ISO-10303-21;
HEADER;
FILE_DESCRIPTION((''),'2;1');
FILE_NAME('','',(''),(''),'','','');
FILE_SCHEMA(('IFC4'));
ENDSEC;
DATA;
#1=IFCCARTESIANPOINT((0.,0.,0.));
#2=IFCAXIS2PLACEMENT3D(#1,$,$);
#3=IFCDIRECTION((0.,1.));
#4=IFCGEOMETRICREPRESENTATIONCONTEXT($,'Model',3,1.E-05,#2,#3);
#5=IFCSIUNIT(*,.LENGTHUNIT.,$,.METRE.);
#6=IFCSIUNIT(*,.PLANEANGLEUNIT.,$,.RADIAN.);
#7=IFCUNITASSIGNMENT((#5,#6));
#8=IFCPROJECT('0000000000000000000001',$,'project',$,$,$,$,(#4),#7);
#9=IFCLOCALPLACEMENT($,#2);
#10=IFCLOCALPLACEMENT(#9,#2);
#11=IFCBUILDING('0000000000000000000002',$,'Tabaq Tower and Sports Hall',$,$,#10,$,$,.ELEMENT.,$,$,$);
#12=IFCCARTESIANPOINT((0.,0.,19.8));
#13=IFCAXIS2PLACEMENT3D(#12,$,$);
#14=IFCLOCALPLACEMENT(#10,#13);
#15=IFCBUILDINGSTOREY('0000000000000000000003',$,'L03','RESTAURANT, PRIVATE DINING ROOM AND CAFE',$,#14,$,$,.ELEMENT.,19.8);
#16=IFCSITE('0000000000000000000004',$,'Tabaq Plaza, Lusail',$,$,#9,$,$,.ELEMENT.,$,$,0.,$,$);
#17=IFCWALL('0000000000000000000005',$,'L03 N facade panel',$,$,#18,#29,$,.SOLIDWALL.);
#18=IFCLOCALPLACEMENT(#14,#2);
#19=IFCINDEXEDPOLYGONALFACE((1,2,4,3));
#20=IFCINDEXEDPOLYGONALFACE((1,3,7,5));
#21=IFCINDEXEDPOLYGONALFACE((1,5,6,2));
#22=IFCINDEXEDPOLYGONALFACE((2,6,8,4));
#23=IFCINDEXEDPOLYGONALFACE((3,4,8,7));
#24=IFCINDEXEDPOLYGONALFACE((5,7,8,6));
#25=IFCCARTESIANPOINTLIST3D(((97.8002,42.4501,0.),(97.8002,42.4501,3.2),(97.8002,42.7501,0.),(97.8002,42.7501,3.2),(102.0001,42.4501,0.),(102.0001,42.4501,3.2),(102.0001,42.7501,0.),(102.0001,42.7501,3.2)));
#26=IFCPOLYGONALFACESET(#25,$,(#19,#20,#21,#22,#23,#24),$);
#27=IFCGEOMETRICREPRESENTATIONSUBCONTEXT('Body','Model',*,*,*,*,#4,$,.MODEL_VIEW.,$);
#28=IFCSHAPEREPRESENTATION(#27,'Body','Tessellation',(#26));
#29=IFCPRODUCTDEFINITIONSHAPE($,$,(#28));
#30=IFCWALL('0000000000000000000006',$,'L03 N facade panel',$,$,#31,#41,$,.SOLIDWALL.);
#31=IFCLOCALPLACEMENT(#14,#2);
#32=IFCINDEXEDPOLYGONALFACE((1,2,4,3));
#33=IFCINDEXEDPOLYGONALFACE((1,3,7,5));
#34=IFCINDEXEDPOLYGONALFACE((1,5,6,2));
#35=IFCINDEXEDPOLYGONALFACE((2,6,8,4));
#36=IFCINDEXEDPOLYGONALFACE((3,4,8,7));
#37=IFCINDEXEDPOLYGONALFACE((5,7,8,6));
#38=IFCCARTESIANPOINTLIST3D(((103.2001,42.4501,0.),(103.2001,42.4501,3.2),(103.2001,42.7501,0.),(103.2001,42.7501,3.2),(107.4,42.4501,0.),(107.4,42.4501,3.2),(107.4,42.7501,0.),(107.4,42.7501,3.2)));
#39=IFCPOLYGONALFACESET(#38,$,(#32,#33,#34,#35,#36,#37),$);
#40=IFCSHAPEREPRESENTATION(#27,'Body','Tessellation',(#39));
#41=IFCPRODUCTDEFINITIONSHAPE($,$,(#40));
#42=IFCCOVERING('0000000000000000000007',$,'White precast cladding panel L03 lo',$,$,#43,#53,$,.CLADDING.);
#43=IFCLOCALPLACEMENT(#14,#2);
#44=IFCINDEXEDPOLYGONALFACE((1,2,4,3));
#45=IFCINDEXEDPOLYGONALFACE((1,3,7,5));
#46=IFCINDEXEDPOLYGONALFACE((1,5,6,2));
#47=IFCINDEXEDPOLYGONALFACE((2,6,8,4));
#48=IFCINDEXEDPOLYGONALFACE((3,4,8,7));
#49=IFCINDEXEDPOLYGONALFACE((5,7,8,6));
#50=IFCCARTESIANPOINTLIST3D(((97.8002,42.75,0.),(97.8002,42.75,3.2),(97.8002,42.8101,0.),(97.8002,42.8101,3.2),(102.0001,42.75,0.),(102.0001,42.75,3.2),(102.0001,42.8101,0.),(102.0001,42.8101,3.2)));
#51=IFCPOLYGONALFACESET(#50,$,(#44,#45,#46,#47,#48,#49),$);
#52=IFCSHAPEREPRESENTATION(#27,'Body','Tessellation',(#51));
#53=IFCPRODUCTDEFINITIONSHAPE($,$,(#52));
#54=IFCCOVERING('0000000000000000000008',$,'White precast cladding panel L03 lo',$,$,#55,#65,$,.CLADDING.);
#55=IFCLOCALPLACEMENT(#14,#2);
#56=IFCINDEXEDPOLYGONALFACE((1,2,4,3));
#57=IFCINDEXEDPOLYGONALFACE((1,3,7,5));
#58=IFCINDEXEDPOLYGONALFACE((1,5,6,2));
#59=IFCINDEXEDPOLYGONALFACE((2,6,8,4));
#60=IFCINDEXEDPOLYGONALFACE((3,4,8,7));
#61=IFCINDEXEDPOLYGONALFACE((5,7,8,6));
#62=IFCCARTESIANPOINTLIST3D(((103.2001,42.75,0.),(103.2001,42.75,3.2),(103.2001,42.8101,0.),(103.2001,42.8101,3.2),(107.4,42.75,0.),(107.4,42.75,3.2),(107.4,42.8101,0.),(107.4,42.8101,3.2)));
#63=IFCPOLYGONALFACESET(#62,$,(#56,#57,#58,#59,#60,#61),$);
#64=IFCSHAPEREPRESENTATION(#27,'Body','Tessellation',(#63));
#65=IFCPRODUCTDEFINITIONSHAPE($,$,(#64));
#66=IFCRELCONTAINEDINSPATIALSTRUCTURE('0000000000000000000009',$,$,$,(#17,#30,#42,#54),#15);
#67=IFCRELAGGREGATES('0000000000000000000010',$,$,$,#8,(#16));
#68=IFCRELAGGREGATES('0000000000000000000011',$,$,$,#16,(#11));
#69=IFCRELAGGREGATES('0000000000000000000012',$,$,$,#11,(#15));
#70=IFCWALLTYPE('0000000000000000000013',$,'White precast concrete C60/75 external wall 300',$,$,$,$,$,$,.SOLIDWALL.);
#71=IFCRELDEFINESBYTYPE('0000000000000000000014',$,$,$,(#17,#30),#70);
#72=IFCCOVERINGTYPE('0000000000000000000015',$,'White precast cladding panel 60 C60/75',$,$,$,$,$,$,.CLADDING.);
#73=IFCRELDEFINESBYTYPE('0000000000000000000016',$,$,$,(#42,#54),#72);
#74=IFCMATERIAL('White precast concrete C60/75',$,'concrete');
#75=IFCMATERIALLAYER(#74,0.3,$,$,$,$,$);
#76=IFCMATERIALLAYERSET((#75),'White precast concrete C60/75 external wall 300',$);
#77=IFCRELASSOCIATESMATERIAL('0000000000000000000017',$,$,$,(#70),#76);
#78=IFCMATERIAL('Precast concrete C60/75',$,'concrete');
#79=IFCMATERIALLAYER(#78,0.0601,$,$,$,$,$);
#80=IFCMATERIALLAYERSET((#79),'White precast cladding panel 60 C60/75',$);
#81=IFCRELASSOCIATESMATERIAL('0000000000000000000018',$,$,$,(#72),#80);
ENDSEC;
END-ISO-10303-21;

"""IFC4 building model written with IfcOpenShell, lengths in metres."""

from ifc_helpers import new_model, si_unit, direction, frame, frame_2d, origin, place, context, subcontext, project, spatial, rectangle, extrude, material, layer, layer_set, type_object, element, save


model = new_model("IFC4")

# Units and contexts
model_context = context("Model", 3, precision=1e-05, world=origin(), true_north=direction((0.0, 1.0)))
body_context = subcontext(model_context, "Body", "Model", "MODEL_VIEW")
ifc_project = project(units=[si_unit("LENGTHUNIT", "METRE"), si_unit("PLANEANGLEUNIT", "RADIAN")], contexts=[model_context])

# Site, building, storey
site_placement = place(None, origin())
site = spatial("IfcSite", under=ifc_project, at=site_placement, Name="Tabaq Plaza, Lusail", CompositionType="ELEMENT", RefElevation=0.0)
building_placement = place(site_placement, origin())
building = spatial("IfcBuilding", under=site, at=building_placement, Name="Tabaq Tower and Sports Hall", CompositionType="ELEMENT")
storey_placement = place(building_placement, frame((0.0, 0.0, 19.8)))
storey = spatial("IfcBuildingStorey", under=building, at=storey_placement, Name="L03", Description="RESTAURANT, PRIVATE DINING ROOM AND CAFE", CompositionType="ELEMENT", Elevation=19.8)

# Walls
ifc_material_1 = material(Name="White precast concrete C60/75", Category="concrete")
ifc_layer_1 = layer(ifc_material_1, 0.3)
ifc_layer_set_1 = layer_set([ifc_layer_1], Name="White precast concrete C60/75 external wall 300")
wall_type = type_object("IfcWallType", Name="White precast concrete C60/75 external wall 300", PredefinedType="SOLIDWALL", material=ifc_layer_set_1)
for number, where, z_axis, x_axis, name in (
    (1, (97.8, 42.6001, 0.0), (0.0, 0.0, 1.0), (1.0, 0.0, 0.0), "L03 N facade panel"),
    (2, (103.2, 42.6001, 0.0), (0.0, 0.0, 1.0), (1.0, 0.0, 0.0), "L03 N facade panel"),
):
    element("IfcWall", number, at=place(storey_placement, frame(where, z_axis=z_axis, x_axis=x_axis)), inside=storey, type_object=wall_type, Name=name, PredefinedType="SOLIDWALL", context=body_context, shape_type="SweptSolid", body=[
        extrude(rectangle(XDim=4.2, YDim=0.3, at=frame_2d((2.1001, 0.0))), origin(), (0.0, 0.0, 1.0), 3.2),
    ])

# Coverings
ifc_material_2 = material(Name="Precast concrete C60/75", Category="concrete")
ifc_layer_2 = layer(ifc_material_2, 0.0601)
ifc_layer_set_2 = layer_set([ifc_layer_2], Name="White precast cladding panel 60 C60/75")
covering_type = type_object("IfcCoveringType", Name="White precast cladding panel 60 C60/75", PredefinedType="CLADDING", material=ifc_layer_set_2)
for number, where, z_axis, x_axis, name in (
    (3, (97.8, 42.78, 0.0), (0.0, 0.0, 1.0), (1.0, 0.0, 0.0), "White precast cladding panel L03 lo"),
    (4, (103.2, 42.78, 0.0), (0.0, 0.0, 1.0), (1.0, 0.0, 0.0), "White precast cladding panel L03 lo"),
):
    element("IfcCovering", number, at=place(storey_placement, frame(where, z_axis=z_axis, x_axis=x_axis)), inside=storey, type_object=covering_type, Name=name, PredefinedType="CLADDING", context=body_context, shape_type="SweptSolid", body=[
        extrude(rectangle(XDim=4.2, YDim=0.0601, at=frame_2d((2.1001, 0.0))), origin(), (0.0, 0.0, 1.0), 3.2),
    ])

save(model, "model.ifc")
